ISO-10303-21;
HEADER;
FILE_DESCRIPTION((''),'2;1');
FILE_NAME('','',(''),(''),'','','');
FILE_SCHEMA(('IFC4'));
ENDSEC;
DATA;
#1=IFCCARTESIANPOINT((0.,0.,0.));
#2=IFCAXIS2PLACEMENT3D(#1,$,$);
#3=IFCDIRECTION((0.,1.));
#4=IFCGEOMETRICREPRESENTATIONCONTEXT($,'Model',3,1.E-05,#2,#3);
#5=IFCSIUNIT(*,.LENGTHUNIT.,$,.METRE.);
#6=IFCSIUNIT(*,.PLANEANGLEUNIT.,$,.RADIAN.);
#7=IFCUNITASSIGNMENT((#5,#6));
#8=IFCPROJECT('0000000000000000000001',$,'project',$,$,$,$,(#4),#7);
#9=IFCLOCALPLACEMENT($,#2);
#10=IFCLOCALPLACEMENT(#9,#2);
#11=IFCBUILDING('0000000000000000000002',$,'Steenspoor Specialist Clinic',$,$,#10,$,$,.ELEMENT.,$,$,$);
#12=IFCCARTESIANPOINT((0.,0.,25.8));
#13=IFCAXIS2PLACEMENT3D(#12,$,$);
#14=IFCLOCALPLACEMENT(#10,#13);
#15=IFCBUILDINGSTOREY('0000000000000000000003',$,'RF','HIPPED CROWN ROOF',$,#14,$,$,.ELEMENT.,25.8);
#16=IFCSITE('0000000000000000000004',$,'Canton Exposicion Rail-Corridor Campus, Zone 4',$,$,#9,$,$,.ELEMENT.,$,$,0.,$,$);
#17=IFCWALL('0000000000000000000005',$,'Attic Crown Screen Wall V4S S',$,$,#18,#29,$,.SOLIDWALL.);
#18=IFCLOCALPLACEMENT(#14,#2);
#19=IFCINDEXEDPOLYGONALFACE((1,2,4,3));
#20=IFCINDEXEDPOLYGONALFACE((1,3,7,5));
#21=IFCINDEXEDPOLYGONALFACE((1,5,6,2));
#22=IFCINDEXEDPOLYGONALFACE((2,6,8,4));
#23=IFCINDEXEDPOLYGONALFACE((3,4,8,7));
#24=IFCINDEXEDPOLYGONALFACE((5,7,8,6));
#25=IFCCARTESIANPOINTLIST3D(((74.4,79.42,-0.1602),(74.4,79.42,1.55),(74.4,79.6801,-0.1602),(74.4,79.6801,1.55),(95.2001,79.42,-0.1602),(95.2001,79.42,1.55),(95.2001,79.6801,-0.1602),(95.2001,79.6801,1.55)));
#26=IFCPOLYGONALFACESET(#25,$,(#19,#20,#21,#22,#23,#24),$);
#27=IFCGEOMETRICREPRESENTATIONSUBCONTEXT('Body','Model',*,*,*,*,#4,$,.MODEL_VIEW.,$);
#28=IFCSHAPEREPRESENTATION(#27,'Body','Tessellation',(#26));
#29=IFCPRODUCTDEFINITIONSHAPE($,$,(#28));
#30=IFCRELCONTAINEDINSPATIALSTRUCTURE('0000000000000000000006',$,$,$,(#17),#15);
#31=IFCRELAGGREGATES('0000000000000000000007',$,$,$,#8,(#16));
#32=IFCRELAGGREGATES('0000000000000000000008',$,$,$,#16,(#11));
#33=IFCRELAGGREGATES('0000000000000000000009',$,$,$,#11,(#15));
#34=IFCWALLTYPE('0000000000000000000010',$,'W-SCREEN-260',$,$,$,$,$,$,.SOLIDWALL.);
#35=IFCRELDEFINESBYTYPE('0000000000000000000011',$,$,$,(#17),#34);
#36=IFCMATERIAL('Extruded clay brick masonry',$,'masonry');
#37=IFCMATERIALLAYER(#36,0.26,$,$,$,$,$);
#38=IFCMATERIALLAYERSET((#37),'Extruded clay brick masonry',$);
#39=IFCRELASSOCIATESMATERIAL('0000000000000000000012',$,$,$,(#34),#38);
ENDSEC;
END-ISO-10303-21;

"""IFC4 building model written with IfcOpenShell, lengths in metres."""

from ifc_helpers import new_model, si_unit, direction, frame, frame_2d, origin, place, context, subcontext, project, spatial, rectangle, extrude, material, layer, layer_set, type_object, element, save


model = new_model("IFC4")

# Units and contexts
model_context = context("Model", 3, precision=1e-05, world=origin(), true_north=direction((0.0, 1.0)))
body_context = subcontext(model_context, "Body", "Model", "MODEL_VIEW")
ifc_project = project(units=[si_unit("LENGTHUNIT", "METRE"), si_unit("PLANEANGLEUNIT", "RADIAN")], contexts=[model_context])

# Site, building, storey
site_placement = place(None, origin())
site = spatial("IfcSite", under=ifc_project, at=site_placement, Name="Canton Exposicion Rail-Corridor Campus, Zone 4", CompositionType="ELEMENT", RefElevation=0.0)
building_placement = place(site_placement, origin())
building = spatial("IfcBuilding", under=site, at=building_placement, Name="Steenspoor Specialist Clinic", CompositionType="ELEMENT")
storey_placement = place(building_placement, frame((0.0, 0.0, 25.8)))
storey = spatial("IfcBuildingStorey", under=building, at=storey_placement, Name="RF", Description="HIPPED CROWN ROOF", CompositionType="ELEMENT", Elevation=25.8)

# Wall
ifc_material_1 = material(Name="Extruded clay brick masonry", Category="masonry")
ifc_layer_1 = layer(ifc_material_1, 0.26)
ifc_layer_set_1 = layer_set([ifc_layer_1], Name="Extruded clay brick masonry")
wall_type = type_object("IfcWallType", Name="W-SCREEN-260", PredefinedType="SOLIDWALL", material=ifc_layer_set_1)
wall_placement = place(storey_placement, frame((95.2, 79.55, -0.1602), z_axis=(0.0, 0.0, 1.0), x_axis=(-1.0, 0.0, 0.0)))
element("IfcWall", 1, at=wall_placement, inside=storey, type_object=wall_type, Name="Attic Crown Screen Wall V4S S", PredefinedType="SOLIDWALL", context=body_context, shape_type="SweptSolid", body=[
    extrude(rectangle(XDim=20.8, YDim=0.26, at=frame_2d((10.3999, 0.0))), origin(), (0.0, 0.0, 1.0), 1.7102),
])

save(model, "model.ifc")
